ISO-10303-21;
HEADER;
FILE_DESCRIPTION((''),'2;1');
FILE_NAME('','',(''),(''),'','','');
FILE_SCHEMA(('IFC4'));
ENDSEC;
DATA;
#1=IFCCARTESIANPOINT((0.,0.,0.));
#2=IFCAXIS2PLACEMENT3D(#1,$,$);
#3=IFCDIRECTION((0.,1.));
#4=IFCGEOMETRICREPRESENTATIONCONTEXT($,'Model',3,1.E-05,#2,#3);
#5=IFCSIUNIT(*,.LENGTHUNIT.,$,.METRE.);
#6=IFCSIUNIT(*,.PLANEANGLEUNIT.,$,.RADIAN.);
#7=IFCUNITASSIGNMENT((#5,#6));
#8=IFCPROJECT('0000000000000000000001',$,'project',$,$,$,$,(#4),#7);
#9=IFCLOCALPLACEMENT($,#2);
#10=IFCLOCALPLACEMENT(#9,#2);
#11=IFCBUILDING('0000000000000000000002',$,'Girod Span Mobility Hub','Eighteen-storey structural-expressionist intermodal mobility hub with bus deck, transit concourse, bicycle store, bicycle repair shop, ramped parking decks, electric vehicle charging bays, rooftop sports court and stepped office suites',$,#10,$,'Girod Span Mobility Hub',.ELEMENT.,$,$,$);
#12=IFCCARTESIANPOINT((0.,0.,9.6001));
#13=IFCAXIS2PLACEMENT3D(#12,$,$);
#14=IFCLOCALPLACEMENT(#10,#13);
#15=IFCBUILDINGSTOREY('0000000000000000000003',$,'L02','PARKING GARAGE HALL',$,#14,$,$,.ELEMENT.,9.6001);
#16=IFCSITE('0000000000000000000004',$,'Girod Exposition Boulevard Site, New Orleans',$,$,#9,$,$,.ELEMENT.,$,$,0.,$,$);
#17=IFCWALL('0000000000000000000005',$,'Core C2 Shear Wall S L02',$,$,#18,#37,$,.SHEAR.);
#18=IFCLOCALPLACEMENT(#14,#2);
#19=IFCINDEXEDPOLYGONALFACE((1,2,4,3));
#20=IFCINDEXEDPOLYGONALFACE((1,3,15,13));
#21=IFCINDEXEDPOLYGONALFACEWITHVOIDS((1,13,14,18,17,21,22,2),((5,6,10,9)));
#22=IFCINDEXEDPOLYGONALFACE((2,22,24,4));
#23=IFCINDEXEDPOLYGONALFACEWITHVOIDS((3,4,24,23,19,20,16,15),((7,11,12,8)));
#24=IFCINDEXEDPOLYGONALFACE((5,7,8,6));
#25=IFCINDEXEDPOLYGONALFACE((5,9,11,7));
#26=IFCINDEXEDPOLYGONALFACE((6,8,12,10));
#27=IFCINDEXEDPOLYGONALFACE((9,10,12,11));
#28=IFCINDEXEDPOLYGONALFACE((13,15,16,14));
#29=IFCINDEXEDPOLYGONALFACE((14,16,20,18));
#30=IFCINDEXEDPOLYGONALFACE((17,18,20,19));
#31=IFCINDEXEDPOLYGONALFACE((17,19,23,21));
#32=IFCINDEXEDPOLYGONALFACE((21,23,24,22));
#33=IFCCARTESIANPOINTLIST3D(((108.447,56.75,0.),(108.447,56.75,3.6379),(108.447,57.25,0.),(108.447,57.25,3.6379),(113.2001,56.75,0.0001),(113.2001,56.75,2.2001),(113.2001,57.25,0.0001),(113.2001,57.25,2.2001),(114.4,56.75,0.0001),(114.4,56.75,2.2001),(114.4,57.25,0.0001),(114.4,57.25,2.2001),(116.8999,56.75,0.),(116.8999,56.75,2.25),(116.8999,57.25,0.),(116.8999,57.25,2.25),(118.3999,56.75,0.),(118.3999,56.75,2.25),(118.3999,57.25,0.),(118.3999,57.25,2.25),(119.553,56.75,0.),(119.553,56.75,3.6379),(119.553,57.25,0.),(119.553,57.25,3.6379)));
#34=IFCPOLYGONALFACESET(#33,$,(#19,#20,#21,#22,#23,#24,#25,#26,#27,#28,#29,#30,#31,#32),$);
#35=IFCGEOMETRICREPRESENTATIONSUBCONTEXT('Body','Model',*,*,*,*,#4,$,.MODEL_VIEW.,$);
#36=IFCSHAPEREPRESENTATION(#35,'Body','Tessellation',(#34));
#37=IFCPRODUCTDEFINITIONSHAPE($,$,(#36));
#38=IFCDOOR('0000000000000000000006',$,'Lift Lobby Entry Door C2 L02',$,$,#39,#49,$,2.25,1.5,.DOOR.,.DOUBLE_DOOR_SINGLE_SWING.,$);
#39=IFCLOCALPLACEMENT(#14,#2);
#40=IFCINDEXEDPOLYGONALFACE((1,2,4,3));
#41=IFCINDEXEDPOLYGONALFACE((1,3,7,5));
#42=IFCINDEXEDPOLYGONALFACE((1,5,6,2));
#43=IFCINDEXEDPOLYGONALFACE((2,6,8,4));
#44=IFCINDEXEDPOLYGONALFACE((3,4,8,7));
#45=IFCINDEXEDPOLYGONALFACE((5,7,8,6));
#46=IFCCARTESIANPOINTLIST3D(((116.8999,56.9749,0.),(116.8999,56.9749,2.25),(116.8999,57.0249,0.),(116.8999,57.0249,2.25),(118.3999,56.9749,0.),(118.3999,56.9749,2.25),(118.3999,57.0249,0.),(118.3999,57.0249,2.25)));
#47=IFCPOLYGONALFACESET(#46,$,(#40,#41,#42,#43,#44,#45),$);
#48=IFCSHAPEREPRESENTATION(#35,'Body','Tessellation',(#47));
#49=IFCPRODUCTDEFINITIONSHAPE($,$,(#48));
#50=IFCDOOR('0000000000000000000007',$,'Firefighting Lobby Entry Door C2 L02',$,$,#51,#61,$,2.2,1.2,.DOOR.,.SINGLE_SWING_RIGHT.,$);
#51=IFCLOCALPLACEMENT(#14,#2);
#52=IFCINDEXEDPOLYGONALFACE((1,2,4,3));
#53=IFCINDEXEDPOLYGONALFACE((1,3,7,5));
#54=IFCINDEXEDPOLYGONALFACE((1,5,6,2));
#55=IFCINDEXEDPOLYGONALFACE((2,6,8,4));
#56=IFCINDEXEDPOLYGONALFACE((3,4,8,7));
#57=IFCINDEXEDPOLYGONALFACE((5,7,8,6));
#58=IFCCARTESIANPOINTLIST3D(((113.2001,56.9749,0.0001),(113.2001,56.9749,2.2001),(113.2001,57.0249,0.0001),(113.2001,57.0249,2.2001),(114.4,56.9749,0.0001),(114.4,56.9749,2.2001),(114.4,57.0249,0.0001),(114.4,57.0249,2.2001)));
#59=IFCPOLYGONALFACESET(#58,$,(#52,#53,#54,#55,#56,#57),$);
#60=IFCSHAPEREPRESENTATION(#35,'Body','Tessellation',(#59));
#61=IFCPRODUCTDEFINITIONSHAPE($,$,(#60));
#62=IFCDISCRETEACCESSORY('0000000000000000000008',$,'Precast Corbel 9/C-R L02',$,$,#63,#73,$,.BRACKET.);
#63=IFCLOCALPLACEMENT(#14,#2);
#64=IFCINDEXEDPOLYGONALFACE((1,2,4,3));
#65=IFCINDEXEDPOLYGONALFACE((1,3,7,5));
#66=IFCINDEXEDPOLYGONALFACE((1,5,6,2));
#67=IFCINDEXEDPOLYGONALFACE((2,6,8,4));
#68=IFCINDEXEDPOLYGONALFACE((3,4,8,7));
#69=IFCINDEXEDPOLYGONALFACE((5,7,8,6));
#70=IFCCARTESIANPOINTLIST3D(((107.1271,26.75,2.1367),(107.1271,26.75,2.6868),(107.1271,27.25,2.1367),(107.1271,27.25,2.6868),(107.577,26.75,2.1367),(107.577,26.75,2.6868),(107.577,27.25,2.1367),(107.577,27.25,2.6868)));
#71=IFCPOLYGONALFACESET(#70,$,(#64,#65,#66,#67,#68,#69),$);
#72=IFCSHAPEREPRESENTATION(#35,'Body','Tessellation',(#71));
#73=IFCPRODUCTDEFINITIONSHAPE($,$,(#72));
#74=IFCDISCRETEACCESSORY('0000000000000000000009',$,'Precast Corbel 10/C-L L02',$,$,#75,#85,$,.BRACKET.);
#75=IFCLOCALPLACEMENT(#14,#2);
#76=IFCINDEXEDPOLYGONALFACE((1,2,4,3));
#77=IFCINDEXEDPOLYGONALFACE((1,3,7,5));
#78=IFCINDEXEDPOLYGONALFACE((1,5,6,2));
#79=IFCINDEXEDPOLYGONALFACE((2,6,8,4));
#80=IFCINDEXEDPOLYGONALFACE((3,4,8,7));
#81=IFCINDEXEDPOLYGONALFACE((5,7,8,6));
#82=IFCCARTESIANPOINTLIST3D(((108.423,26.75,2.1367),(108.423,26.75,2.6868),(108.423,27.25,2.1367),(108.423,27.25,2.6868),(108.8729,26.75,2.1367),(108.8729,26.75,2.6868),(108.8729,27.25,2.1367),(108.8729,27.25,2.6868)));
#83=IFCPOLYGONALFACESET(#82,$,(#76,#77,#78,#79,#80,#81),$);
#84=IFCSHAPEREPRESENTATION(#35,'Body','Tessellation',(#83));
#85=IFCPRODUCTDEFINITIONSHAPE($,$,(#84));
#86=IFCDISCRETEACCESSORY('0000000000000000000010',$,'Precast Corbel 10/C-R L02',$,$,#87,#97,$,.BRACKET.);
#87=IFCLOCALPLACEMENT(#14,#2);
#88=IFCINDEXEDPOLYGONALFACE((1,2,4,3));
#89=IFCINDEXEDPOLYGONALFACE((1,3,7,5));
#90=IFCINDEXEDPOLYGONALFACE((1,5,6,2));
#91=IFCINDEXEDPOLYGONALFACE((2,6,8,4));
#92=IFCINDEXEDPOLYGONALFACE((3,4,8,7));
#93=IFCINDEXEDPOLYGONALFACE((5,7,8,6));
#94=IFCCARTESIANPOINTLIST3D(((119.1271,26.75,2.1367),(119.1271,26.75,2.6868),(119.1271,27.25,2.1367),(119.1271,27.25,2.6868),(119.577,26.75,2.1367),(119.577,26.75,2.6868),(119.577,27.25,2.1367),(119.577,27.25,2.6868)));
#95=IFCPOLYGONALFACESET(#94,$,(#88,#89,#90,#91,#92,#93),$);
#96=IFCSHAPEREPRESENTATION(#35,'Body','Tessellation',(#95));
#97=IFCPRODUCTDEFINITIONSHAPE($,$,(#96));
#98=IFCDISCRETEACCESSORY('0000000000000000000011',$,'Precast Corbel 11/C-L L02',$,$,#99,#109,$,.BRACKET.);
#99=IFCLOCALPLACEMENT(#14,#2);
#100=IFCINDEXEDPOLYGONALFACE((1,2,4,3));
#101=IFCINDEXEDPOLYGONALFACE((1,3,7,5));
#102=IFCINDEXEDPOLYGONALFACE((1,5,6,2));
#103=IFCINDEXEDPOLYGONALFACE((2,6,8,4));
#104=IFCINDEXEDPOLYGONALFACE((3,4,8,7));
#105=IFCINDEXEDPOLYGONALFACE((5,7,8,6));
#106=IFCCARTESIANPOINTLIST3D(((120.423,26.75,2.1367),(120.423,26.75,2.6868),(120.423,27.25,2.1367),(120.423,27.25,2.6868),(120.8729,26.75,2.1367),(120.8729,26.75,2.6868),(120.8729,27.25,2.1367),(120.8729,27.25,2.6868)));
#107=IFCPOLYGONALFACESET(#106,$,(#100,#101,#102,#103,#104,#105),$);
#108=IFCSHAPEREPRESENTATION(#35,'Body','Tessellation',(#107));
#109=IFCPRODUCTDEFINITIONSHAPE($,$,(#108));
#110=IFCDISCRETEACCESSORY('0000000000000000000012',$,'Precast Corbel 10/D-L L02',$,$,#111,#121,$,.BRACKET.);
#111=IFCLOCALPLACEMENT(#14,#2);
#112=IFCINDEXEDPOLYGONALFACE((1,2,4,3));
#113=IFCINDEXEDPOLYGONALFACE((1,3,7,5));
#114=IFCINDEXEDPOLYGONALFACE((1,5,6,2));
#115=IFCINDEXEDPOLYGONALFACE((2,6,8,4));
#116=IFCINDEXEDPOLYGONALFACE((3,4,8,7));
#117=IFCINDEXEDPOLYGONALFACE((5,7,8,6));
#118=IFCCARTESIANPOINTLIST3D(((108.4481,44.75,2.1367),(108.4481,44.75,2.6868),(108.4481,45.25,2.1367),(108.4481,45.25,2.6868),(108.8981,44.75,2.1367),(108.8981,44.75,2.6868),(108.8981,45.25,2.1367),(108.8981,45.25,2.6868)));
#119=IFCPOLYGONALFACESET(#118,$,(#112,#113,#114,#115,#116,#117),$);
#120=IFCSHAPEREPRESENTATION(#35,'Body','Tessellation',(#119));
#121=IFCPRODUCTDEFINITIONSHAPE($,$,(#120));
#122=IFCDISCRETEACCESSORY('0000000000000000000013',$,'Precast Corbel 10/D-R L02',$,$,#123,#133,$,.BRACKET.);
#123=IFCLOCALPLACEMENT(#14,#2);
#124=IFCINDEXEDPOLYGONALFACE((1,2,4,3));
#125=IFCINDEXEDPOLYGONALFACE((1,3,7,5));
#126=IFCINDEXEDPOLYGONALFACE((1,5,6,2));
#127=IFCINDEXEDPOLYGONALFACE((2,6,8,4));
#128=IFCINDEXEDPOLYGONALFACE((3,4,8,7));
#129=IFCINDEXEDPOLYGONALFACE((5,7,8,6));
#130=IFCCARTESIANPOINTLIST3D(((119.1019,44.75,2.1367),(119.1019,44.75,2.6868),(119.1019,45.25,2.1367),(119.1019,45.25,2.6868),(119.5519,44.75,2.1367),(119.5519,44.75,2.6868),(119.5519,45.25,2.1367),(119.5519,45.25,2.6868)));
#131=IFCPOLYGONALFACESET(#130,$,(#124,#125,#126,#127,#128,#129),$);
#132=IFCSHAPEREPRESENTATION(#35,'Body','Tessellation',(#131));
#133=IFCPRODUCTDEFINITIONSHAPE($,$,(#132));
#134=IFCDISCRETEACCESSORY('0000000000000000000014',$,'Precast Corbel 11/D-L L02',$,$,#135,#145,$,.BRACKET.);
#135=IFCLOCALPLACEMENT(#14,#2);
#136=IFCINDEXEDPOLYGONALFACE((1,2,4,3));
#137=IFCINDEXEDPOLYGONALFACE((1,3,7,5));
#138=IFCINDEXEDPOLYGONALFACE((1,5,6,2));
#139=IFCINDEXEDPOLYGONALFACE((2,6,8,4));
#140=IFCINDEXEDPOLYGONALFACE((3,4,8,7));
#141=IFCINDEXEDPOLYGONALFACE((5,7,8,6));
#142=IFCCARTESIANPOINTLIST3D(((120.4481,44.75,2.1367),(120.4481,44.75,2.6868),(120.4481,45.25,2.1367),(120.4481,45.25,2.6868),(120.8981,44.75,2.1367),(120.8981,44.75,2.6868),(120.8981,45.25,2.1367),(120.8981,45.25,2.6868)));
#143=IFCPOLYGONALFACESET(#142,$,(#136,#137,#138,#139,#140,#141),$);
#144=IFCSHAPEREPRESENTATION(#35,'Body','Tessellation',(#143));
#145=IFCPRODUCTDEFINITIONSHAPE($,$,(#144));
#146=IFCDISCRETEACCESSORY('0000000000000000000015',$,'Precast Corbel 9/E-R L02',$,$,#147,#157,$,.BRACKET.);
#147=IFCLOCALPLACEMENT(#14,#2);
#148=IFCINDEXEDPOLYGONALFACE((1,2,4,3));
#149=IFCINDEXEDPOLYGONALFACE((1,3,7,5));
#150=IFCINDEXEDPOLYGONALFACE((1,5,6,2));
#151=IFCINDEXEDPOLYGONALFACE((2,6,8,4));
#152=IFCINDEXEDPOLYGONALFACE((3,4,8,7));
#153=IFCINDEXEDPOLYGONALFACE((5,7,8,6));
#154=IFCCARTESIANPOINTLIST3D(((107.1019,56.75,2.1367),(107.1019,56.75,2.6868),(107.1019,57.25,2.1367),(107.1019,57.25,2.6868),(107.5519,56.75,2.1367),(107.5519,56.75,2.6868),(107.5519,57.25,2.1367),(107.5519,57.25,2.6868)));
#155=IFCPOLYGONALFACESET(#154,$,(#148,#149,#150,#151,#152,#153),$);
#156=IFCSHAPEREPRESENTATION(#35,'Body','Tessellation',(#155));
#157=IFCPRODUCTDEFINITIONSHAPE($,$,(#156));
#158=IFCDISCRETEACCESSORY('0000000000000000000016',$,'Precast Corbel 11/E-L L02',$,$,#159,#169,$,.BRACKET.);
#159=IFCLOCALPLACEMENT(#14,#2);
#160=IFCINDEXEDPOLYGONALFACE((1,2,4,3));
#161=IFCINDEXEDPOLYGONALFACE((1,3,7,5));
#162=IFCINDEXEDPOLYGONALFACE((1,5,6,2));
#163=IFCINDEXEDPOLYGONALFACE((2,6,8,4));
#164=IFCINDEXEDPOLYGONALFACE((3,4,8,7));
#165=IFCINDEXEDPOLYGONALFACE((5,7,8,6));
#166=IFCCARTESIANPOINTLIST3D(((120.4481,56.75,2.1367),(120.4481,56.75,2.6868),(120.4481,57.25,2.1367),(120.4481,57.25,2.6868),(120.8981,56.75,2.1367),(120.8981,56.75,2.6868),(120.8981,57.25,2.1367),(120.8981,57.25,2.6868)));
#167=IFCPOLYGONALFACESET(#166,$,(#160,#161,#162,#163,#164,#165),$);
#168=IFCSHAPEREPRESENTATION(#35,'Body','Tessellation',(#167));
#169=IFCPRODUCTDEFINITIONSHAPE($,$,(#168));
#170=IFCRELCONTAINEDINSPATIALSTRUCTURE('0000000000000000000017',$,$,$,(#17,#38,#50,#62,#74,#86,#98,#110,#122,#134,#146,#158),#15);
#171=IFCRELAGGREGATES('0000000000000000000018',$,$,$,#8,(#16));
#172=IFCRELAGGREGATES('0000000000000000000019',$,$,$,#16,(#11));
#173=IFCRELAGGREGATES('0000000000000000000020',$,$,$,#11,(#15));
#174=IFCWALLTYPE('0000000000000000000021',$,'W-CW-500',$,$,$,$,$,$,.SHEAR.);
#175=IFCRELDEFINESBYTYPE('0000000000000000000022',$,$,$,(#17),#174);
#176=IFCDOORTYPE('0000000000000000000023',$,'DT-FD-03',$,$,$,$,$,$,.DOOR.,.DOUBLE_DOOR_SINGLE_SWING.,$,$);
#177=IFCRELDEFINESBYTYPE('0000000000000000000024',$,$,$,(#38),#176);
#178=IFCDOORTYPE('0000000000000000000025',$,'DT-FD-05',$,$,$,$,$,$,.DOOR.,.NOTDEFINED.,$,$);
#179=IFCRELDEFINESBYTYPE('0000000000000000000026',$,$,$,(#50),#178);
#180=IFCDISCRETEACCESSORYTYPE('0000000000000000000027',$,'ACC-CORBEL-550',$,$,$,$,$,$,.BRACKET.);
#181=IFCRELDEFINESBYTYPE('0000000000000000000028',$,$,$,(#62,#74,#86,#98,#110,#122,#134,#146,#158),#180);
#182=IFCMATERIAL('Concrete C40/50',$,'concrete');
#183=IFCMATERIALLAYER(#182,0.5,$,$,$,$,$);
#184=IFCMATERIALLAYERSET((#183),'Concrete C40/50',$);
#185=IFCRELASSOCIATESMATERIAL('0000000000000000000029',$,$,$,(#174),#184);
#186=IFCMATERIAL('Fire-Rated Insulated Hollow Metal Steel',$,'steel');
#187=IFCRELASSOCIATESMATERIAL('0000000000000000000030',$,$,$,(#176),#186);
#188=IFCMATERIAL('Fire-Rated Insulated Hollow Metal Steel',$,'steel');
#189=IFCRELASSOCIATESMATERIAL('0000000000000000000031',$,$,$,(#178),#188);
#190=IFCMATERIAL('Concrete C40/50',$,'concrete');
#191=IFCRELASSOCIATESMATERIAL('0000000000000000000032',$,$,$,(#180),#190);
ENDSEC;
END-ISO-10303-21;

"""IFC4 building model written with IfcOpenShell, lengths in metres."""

from ifc_helpers import new_model, si_unit, direction, frame, frame_2d, origin, origin_2d, place, context, subcontext, project, spatial, rectangle, extrude, material, layer, layer_set, type_object, element, fill, save


model = new_model("IFC4")

# Units and contexts
model_context = context("Model", 3, precision=1e-05, world=origin(), true_north=direction((0.0, 1.0)))
body_context = subcontext(model_context, "Body", "Model", "MODEL_VIEW")
ifc_project = project(units=[si_unit("LENGTHUNIT", "METRE"), si_unit("PLANEANGLEUNIT", "RADIAN")], contexts=[model_context])

# Site, building, storey
site_placement = place(None, origin())
site = spatial("IfcSite", under=ifc_project, at=site_placement, Name="Girod Exposition Boulevard Site, New Orleans", CompositionType="ELEMENT", RefElevation=0.0)
building_placement = place(site_placement, origin())
building = spatial("IfcBuilding", under=site, at=building_placement, Name="Girod Span Mobility Hub", Description="Eighteen-storey structural-expressionist intermodal mobility hub with bus deck, transit concourse, bicycle store, bicycle repair shop, ramped parking decks, electric vehicle charging bays, rooftop sports court and stepped office suites", LongName="Girod Span Mobility Hub", CompositionType="ELEMENT")
storey_placement = place(building_placement, frame((0.0, 0.0, 9.6001)))
storey = spatial("IfcBuildingStorey", under=building, at=storey_placement, Name="L02", Description="PARKING GARAGE HALL", CompositionType="ELEMENT", Elevation=9.6001)

# Wall, openings, doors
ifc_material_1 = material(Name="Concrete C40/50", Category="concrete")
ifc_layer = layer(ifc_material_1, 0.5)
ifc_layer_set = layer_set([ifc_layer], Name="Concrete C40/50")
wall_type = type_object("IfcWallType", Name="W-CW-500", PredefinedType="SHEAR", material=ifc_layer_set)
wall_placement = place(storey_placement, frame((108.447, 57.0, 0.0), z_axis=(0.0, 0.0, 1.0), x_axis=(1.0, 0.0, 0.0)))
wall = element("IfcWall", 1, at=wall_placement, inside=storey, type_object=wall_type, Name="Core C2 Shear Wall S L02", PredefinedType="SHEAR", context=body_context, shape_type="SweptSolid", body=[
    extrude(rectangle(XDim=11.106, YDim=0.5, at=frame_2d((5.553, 0.0))), origin(), (0.0, 0.0, 1.0), 3.6379),
])
opening_1_placement = place(wall_placement, frame((4.7529, 0.0, 0.0)))
opening_1 = element("IfcOpeningElement", 2, at=opening_1_placement, cuts=wall, PredefinedType="OPENING", context=body_context, shape_type="SweptSolid", body=[
    extrude(rectangle(XDim=1.2, YDim=2.2, at=frame_2d((0.6001, 1.1001))), frame((0.0, 0.2649, 0.0), z_axis=(0.0, -1.0, 0.0), x_axis=(1.0, 0.0, 0.0)), (0.0, 0.0, 1.0), 0.53),
])
opening_2_placement = place(wall_placement, frame((8.4529, 0.0, 0.0)))
opening_2 = element("IfcOpeningElement", 3, at=opening_2_placement, cuts=wall, PredefinedType="OPENING", context=body_context, shape_type="SweptSolid", body=[
    extrude(rectangle(XDim=1.5, YDim=2.25, at=frame_2d((0.75, 1.125))), frame((0.0, 0.2649, 0.0), z_axis=(0.0, -1.0, 0.0), x_axis=(1.0, 0.0, 0.0)), (0.0, 0.0, 1.0), 0.53),
])
ifc_material_2 = material(Name="Fire-Rated Insulated Hollow Metal Steel", Category="steel")
door_type_1 = type_object("IfcDoorType", Name="DT-FD-03", OperationType="DOUBLE_DOOR_SINGLE_SWING", PredefinedType="DOOR", material=ifc_material_2)
door_1_placement = place(opening_2_placement, origin())
door_1 = element("IfcDoor", 4, at=door_1_placement, inside=storey, type_object=door_type_1, Name="Lift Lobby Entry Door C2 L02", OperationType="DOUBLE_DOOR_SINGLE_SWING", OverallHeight=2.25, OverallWidth=1.5, PredefinedType="DOOR", context=body_context, shape_type="SweptSolid", body=[
    extrude(rectangle(XDim=1.5, YDim=2.25, at=frame_2d((0.75, 1.125))), frame((0.0, 0.0249, 0.0), z_axis=(0.0, -1.0, 0.0), x_axis=(1.0, 0.0, 0.0)), (0.0, 0.0, 1.0), 0.05),
])
fill(opening_2, door_1)
ifc_material_3 = material(Name="Fire-Rated Insulated Hollow Metal Steel", Category="steel")
door_type_2 = type_object("IfcDoorType", Name="DT-FD-05", OperationType="NOTDEFINED", PredefinedType="DOOR", material=ifc_material_3)
door_2_placement = place(opening_1_placement, origin())
door_2 = element("IfcDoor", 5, at=door_2_placement, inside=storey, type_object=door_type_2, Name="Firefighting Lobby Entry Door C2 L02", OperationType="SINGLE_SWING_RIGHT", OverallHeight=2.2, OverallWidth=1.2, PredefinedType="DOOR", context=body_context, shape_type="SweptSolid", body=[
    extrude(rectangle(XDim=1.2, YDim=2.2, at=frame_2d((0.6001, 1.1001))), frame((0.0, 0.0249, 0.0), z_axis=(0.0, -1.0, 0.0), x_axis=(1.0, 0.0, 0.0)), (0.0, 0.0, 1.0), 0.05),
])
fill(opening_1, door_2)

# Discrete accessories
ifc_material_4 = material(Name="Concrete C40/50", Category="concrete")
discrete_accessory_type = type_object("IfcDiscreteAccessoryType", Name="ACC-CORBEL-550", PredefinedType="BRACKET", material=ifc_material_4)
for number, where, z_axis, x_axis, name in (
    (6, (107.3521, 27.0, 2.1367), (0.0, 0.0, 1.0), (1.0, 0.0, 0.0), "Precast Corbel 9/C-R L02"),
    (7, (108.6479, 27.0, 2.1367), (0.0, 0.0, 1.0), (1.0, 0.0, 0.0), "Precast Corbel 10/C-L L02"),
    (8, (119.3521, 27.0, 2.1367), (0.0, 0.0, 1.0), (1.0, 0.0, 0.0), "Precast Corbel 10/C-R L02"),
    (9, (120.6479, 27.0, 2.1367), (0.0, 0.0, 1.0), (1.0, 0.0, 0.0), "Precast Corbel 11/C-L L02"),
    (10, (108.6731, 45.0, 2.1367), (0.0, 0.0, 1.0), (1.0, 0.0, 0.0), "Precast Corbel 10/D-L L02"),
    (11, (119.3269, 45.0, 2.1367), (0.0, 0.0, 1.0), (1.0, 0.0, 0.0), "Precast Corbel 10/D-R L02"),
    (12, (120.6731, 45.0, 2.1367), (0.0, 0.0, 1.0), (1.0, 0.0, 0.0), "Precast Corbel 11/D-L L02"),
    (13, (107.3269, 57.0, 2.1367), (0.0, 0.0, 1.0), (1.0, 0.0, 0.0), "Precast Corbel 9/E-R L02"),
    (14, (120.6731, 57.0, 2.1367), (0.0, 0.0, 1.0), (1.0, 0.0, 0.0), "Precast Corbel 11/E-L L02"),
):
    element("IfcDiscreteAccessory", number, at=place(storey_placement, frame(where, z_axis=z_axis, x_axis=x_axis)), inside=storey, type_object=discrete_accessory_type, Name=name, PredefinedType="BRACKET", context=body_context, shape_type="SweptSolid", body=[
        extrude(rectangle(XDim=0.45, YDim=0.5, at=origin_2d()), origin(), (0.0, 0.0, 1.0), 0.55),
    ])

save(model, "model.ifc")
